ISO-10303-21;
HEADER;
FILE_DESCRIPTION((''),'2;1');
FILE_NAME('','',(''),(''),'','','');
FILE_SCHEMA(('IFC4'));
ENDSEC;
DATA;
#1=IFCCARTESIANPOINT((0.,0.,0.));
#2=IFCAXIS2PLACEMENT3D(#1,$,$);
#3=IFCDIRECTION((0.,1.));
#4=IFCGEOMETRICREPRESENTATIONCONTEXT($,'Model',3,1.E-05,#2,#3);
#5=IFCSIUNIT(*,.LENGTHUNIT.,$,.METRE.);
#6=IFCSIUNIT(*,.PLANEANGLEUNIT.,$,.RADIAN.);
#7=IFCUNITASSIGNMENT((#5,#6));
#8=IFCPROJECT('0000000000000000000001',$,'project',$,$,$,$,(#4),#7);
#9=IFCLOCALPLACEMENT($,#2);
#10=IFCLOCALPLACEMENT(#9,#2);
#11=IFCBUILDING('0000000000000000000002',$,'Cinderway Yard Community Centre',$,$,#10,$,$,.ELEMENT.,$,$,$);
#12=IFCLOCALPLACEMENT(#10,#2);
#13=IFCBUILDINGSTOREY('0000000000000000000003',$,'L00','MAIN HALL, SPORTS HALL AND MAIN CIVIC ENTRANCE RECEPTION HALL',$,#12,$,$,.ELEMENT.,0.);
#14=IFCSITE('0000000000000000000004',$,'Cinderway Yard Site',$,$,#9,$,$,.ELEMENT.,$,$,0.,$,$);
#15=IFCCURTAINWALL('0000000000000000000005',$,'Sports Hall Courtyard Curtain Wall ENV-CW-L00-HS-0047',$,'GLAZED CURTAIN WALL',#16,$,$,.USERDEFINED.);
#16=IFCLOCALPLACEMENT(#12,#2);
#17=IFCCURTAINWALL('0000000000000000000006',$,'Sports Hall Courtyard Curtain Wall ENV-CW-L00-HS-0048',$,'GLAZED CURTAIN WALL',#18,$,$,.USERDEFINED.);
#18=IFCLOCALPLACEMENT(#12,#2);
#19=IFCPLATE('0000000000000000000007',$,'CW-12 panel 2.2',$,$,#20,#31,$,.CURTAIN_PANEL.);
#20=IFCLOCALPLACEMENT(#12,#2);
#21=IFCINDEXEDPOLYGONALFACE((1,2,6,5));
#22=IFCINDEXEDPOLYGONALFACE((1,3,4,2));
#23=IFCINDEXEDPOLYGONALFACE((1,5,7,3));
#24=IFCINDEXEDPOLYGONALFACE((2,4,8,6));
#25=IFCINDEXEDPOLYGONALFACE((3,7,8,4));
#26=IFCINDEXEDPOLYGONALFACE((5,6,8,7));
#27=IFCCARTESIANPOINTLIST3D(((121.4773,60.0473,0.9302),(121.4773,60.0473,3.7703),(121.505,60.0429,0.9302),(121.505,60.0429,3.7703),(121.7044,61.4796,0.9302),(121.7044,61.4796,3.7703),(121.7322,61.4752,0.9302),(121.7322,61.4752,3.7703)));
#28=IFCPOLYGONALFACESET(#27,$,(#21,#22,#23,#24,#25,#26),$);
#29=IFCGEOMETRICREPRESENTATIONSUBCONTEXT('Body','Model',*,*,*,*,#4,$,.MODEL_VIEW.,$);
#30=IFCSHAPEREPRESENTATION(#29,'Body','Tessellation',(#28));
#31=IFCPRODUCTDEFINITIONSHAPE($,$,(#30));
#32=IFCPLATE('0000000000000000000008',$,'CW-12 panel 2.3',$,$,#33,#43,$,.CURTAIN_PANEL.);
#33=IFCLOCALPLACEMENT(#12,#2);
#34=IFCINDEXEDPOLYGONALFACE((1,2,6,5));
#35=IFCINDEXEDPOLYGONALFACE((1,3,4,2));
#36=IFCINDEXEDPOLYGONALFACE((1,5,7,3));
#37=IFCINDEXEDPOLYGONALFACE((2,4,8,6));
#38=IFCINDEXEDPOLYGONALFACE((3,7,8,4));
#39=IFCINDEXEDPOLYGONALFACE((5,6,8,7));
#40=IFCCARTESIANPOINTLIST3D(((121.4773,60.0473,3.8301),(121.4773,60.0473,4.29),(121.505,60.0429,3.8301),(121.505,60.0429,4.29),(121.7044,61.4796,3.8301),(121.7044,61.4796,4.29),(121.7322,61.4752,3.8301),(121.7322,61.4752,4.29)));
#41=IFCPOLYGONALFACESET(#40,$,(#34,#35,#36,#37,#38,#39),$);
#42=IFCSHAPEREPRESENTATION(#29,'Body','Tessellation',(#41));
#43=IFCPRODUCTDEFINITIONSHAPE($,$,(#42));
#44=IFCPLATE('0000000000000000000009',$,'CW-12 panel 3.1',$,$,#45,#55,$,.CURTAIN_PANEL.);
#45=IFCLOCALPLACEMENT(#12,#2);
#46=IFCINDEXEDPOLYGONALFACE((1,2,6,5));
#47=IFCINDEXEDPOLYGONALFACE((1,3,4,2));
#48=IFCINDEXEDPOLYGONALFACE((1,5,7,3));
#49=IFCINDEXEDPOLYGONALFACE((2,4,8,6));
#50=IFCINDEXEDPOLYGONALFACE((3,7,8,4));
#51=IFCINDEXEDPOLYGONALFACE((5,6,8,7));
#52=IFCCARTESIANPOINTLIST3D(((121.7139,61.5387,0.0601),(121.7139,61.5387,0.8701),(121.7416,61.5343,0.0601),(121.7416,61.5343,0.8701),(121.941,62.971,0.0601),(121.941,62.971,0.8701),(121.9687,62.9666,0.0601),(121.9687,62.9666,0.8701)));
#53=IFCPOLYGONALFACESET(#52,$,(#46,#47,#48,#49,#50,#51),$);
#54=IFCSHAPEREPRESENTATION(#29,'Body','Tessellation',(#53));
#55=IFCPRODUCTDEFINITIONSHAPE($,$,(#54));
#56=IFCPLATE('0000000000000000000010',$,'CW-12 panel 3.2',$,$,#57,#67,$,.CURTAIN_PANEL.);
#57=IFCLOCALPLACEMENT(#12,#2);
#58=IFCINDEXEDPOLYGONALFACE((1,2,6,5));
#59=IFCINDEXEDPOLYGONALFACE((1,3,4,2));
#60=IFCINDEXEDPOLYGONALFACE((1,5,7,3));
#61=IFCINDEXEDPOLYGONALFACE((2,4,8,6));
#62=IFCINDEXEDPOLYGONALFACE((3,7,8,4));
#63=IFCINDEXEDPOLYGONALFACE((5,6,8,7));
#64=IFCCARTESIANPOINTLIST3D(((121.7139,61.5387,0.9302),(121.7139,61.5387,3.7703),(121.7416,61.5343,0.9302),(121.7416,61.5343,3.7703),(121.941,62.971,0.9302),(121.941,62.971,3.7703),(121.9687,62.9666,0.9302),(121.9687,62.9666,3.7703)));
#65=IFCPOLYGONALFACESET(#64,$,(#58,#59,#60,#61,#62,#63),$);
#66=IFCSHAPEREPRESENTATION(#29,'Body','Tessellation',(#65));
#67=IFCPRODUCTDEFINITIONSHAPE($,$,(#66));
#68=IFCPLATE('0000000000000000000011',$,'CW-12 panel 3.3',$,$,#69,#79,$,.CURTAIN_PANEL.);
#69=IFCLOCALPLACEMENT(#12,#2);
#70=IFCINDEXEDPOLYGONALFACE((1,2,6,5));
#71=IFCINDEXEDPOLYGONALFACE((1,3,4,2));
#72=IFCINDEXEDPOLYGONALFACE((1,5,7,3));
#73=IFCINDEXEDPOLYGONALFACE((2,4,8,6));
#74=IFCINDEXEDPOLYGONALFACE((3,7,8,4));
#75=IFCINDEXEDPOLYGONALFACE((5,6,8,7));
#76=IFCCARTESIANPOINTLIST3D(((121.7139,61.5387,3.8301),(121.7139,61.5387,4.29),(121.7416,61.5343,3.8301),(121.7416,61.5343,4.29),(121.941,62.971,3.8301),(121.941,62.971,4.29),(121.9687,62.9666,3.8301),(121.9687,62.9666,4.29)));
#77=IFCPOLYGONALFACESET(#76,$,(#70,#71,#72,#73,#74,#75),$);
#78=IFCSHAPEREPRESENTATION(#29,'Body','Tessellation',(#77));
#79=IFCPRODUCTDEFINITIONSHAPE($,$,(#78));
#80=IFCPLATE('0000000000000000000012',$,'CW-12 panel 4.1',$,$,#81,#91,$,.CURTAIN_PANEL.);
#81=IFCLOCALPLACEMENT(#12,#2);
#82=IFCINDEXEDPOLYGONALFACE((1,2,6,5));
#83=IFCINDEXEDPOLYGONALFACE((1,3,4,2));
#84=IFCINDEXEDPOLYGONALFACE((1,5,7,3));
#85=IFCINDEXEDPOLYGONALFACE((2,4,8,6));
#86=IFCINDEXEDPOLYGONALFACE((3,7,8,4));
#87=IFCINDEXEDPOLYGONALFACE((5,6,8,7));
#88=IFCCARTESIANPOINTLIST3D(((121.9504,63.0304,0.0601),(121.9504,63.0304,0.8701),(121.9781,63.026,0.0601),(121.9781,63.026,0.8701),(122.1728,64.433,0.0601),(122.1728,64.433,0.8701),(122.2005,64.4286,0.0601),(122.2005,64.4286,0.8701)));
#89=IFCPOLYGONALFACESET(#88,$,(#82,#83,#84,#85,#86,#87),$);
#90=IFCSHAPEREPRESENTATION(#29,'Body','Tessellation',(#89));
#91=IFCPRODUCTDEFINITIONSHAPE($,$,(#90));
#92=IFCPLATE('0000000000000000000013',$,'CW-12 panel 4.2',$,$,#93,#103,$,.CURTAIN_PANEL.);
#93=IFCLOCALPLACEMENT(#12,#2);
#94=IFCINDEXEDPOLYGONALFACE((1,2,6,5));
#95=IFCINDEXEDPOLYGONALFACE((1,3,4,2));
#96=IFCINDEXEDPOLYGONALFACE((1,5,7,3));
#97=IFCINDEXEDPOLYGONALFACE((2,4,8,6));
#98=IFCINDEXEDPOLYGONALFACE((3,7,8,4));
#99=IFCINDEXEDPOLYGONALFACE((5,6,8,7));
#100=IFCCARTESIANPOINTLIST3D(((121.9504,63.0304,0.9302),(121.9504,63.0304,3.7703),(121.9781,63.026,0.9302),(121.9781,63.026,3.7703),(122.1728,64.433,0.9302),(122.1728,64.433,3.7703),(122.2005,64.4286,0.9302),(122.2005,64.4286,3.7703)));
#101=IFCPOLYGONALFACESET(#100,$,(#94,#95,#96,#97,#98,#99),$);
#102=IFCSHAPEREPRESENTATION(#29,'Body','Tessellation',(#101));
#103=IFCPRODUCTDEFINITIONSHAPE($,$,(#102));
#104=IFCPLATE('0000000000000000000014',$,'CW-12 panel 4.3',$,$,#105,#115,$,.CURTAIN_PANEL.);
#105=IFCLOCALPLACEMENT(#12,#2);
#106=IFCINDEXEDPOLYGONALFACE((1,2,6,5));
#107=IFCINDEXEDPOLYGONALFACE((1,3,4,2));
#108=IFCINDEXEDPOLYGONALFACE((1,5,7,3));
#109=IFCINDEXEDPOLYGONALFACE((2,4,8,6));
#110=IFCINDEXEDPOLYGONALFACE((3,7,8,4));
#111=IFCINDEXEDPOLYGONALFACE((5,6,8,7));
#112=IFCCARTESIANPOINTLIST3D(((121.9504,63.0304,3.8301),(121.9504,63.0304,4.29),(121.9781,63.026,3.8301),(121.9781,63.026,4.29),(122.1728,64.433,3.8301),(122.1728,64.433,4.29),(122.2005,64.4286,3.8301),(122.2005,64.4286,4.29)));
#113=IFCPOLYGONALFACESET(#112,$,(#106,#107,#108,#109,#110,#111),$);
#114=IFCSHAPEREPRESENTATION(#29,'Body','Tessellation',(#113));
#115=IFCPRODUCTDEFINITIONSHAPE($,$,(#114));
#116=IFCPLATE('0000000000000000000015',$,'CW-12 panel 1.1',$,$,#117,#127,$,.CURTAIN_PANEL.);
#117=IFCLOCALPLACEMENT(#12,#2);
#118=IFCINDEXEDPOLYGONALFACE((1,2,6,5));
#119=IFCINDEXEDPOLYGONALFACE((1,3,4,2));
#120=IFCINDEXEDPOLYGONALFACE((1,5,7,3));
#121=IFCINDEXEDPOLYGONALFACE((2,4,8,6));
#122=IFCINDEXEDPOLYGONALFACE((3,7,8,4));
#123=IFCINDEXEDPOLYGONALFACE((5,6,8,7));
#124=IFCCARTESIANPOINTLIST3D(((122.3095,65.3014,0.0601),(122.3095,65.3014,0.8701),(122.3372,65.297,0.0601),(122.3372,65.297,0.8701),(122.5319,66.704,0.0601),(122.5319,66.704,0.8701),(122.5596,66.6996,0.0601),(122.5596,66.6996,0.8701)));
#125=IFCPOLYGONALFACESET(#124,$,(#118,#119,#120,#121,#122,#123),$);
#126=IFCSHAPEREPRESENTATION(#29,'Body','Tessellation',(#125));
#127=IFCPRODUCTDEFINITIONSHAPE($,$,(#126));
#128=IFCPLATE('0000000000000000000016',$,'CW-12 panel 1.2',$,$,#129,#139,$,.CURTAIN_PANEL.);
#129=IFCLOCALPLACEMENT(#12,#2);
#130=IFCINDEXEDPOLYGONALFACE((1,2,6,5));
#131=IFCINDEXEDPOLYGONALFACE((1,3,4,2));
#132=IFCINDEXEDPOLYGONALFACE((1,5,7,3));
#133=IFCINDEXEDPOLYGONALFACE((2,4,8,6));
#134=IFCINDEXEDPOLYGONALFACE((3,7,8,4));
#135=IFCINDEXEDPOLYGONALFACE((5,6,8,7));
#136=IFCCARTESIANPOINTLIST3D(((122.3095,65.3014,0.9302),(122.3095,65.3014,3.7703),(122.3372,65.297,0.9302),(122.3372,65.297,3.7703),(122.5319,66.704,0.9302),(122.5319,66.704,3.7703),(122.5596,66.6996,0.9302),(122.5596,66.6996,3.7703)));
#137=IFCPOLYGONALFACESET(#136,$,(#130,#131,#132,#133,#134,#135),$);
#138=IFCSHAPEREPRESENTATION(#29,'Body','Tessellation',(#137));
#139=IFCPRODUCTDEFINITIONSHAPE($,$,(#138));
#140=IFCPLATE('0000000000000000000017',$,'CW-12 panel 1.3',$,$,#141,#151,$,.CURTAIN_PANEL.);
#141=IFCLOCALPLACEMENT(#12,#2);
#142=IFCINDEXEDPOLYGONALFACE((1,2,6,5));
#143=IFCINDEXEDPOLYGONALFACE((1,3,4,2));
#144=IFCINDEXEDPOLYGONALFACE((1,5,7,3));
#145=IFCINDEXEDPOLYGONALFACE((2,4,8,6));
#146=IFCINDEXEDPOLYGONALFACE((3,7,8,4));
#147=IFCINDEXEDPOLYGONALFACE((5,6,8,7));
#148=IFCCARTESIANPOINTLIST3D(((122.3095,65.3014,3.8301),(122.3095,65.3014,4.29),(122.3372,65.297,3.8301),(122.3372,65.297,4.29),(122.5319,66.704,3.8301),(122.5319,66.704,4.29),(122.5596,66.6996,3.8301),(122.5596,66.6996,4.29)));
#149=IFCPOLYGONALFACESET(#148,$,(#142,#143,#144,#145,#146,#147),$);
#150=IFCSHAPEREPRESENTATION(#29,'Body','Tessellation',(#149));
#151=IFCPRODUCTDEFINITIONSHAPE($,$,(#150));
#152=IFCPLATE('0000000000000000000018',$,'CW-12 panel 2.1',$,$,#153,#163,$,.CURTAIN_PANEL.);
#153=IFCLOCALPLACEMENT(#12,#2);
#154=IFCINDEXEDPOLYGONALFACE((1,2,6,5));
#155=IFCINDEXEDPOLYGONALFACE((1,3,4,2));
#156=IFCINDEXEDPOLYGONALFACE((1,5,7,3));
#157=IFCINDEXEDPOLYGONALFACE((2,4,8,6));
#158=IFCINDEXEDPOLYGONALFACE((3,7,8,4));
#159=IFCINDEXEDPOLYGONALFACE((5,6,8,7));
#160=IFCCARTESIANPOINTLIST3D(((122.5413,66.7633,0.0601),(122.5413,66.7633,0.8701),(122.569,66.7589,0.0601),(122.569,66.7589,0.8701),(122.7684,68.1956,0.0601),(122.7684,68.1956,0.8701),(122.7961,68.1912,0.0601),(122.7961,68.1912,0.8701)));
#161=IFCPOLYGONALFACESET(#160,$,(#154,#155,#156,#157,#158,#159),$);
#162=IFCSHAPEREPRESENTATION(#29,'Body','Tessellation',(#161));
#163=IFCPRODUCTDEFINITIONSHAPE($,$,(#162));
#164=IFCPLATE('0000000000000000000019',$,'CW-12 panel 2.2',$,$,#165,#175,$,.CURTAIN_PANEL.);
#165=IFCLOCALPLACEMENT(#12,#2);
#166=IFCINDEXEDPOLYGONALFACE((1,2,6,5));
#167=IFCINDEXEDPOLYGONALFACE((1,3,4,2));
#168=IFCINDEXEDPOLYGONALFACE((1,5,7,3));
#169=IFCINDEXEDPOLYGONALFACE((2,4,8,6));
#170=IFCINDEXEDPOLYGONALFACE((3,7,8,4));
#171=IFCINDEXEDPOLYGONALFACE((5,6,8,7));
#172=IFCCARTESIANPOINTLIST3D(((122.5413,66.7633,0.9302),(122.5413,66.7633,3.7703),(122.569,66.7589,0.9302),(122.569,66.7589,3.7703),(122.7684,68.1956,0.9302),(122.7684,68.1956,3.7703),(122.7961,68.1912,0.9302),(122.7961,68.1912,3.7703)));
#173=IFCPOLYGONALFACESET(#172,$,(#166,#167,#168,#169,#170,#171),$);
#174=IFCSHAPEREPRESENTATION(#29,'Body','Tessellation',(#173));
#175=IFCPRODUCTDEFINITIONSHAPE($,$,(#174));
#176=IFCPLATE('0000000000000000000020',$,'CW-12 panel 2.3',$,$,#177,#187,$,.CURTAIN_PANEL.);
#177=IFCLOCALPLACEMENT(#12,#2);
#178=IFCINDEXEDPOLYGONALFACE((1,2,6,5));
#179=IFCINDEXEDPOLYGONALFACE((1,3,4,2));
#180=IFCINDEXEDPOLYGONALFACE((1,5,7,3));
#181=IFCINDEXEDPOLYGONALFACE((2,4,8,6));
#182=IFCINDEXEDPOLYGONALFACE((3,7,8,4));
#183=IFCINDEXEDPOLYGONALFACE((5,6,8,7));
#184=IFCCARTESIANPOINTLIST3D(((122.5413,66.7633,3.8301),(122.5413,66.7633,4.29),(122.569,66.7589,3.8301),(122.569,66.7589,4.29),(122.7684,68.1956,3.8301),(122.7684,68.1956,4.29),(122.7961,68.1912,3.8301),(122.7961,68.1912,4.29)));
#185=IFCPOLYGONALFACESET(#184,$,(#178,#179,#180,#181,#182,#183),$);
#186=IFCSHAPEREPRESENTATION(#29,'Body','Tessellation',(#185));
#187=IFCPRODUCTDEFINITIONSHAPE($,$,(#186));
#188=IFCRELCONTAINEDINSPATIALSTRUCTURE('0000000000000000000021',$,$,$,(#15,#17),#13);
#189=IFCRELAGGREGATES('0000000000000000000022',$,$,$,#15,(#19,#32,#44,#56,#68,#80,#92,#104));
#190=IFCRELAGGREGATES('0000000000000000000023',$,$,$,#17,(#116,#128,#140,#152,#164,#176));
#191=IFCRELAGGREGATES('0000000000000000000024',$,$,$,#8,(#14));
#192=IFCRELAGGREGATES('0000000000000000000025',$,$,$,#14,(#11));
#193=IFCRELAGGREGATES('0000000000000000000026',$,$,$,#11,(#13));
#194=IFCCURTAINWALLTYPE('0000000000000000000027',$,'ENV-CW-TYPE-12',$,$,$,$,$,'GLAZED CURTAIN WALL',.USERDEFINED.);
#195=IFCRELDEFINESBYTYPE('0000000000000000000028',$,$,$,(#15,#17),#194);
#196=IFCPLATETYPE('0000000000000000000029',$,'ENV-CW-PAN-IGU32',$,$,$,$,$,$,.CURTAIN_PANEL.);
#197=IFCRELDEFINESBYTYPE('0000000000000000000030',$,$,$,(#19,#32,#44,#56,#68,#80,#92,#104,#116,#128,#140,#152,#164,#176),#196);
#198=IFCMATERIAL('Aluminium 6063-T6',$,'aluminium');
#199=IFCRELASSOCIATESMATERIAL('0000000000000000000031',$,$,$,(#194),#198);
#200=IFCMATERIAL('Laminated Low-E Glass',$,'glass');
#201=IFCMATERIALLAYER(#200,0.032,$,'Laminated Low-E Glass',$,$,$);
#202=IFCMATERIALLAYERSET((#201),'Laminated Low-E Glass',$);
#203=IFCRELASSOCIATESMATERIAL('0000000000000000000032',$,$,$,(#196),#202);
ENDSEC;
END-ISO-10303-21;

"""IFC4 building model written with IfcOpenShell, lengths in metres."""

from ifc_helpers import new_model, si_unit, direction, frame, origin, origin_2d, place, context, subcontext, project, spatial, rectangle, extrude, material, layer, layer_set, type_object, element, aggregate, save


model = new_model("IFC4")

# Units and contexts
model_context = context("Model", 3, precision=1e-05, world=origin(), true_north=direction((0.0, 1.0)))
body_context = subcontext(model_context, "Body", "Model", "MODEL_VIEW")
ifc_project = project(units=[si_unit("LENGTHUNIT", "METRE"), si_unit("PLANEANGLEUNIT", "RADIAN")], contexts=[model_context])

# Site, building, storey
site_placement = place(None, origin())
site = spatial("IfcSite", under=ifc_project, at=site_placement, Name="Cinderway Yard Site", CompositionType="ELEMENT", RefElevation=0.0)
building_placement = place(site_placement, origin())
building = spatial("IfcBuilding", under=site, at=building_placement, Name="Cinderway Yard Community Centre", CompositionType="ELEMENT")
storey_placement = place(building_placement, origin())
storey = spatial("IfcBuildingStorey", under=building, at=storey_placement, Name="L00", Description="MAIN HALL, SPORTS HALL AND MAIN CIVIC ENTRANCE RECEPTION HALL", CompositionType="ELEMENT", Elevation=0.0)

# Curtain walls
ifc_material_1 = material(Name="Aluminium 6063-T6", Category="aluminium")
curtain_wall_type = type_object("IfcCurtainWallType", Name="ENV-CW-TYPE-12", ElementType="GLAZED CURTAIN WALL", PredefinedType="USERDEFINED", material=ifc_material_1)
curtain_wall_1_placement = place(storey_placement, origin())
curtain_wall_1 = element("IfcCurtainWall", 1, at=curtain_wall_1_placement, inside=storey, type_object=curtain_wall_type, Name="Sports Hall Courtyard Curtain Wall ENV-CW-L00-HS-0047", ObjectType="GLAZED CURTAIN WALL", PredefinedType="USERDEFINED")
curtain_wall_2_placement = place(storey_placement, origin())
curtain_wall_2 = element("IfcCurtainWall", 2, at=curtain_wall_2_placement, inside=storey, type_object=curtain_wall_type, Name="Sports Hall Courtyard Curtain Wall ENV-CW-L00-HS-0048", ObjectType="GLAZED CURTAIN WALL", PredefinedType="USERDEFINED")

# Plates
ifc_material_2 = material(Name="Laminated Low-E Glass", Category="glass")
ifc_layer = layer(ifc_material_2, 0.032, Name="Laminated Low-E Glass")
ifc_layer_set = layer_set([ifc_layer], Name="Laminated Low-E Glass")
plate_type = type_object("IfcPlateType", Name="ENV-CW-PAN-IGU32", PredefinedType="CURTAIN_PANEL", material=ifc_layer_set)
plate_1_placement = place(storey_placement, frame((121.6047, 60.7612, 0.9302), z_axis=(0.0, 0.0, 1.0), x_axis=(0.156609, 0.987661, 0.0)))
plate_1 = element("IfcPlate", 3, at=plate_1_placement, type_object=plate_type, Name="CW-12 panel 2.2", PredefinedType="CURTAIN_PANEL", context=body_context, shape_type="SweptSolid", body=[
    extrude(rectangle(XDim=1.4502, YDim=0.0281, at=origin_2d()), origin(), (0.0, 0.0, 1.0), 2.8401),
])
plate_2_placement = place(storey_placement, frame((121.6047, 60.7612, 3.8301), z_axis=(0.0, 0.0, 1.0), x_axis=(0.156609, 0.987661, 0.0)))
plate_2 = element("IfcPlate", 4, at=plate_2_placement, type_object=plate_type, Name="CW-12 panel 2.3", PredefinedType="CURTAIN_PANEL", context=body_context, shape_type="SweptSolid", body=[
    extrude(rectangle(XDim=1.4502, YDim=0.0281, at=origin_2d()), origin(), (0.0, 0.0, 1.0), 0.46),
])
plate_3_placement = place(storey_placement, frame((121.8413, 62.2527, 0.0601), z_axis=(0.0, 0.0, 1.0), x_axis=(0.156609, 0.987661, 0.0)))
plate_3 = element("IfcPlate", 5, at=plate_3_placement, type_object=plate_type, Name="CW-12 panel 3.1", PredefinedType="CURTAIN_PANEL", context=body_context, shape_type="SweptSolid", body=[
    extrude(rectangle(XDim=1.4502, YDim=0.0281, at=origin_2d()), origin(), (0.0, 0.0, 1.0), 0.8101),
])
plate_4_placement = place(storey_placement, frame((121.8413, 62.2527, 0.9302), z_axis=(0.0, 0.0, 1.0), x_axis=(0.156609, 0.987661, 0.0)))
plate_4 = element("IfcPlate", 6, at=plate_4_placement, type_object=plate_type, Name="CW-12 panel 3.2", PredefinedType="CURTAIN_PANEL", context=body_context, shape_type="SweptSolid", body=[
    extrude(rectangle(XDim=1.4502, YDim=0.0281, at=origin_2d()), origin(), (0.0, 0.0, 1.0), 2.8401),
])
plate_5_placement = place(storey_placement, frame((121.8413, 62.2527, 3.8301), z_axis=(0.0, 0.0, 1.0), x_axis=(0.156609, 0.987661, 0.0)))
plate_5 = element("IfcPlate", 7, at=plate_5_placement, type_object=plate_type, Name="CW-12 panel 3.3", PredefinedType="CURTAIN_PANEL", context=body_context, shape_type="SweptSolid", body=[
    extrude(rectangle(XDim=1.4502, YDim=0.0281, at=origin_2d()), origin(), (0.0, 0.0, 1.0), 0.46),
])
plate_6_placement = place(storey_placement, frame((122.0754, 63.7295, 0.0601), z_axis=(0.0, 0.0, 1.0), x_axis=(0.156609, 0.987661, 0.0)))
plate_6 = element("IfcPlate", 8, at=plate_6_placement, type_object=plate_type, Name="CW-12 panel 4.1", PredefinedType="CURTAIN_PANEL", context=body_context, shape_type="SweptSolid", body=[
    extrude(rectangle(XDim=1.4202, YDim=0.0281, at=origin_2d()), origin(), (0.0, 0.0, 1.0), 0.8101),
])
plate_7_placement = place(storey_placement, frame((122.0754, 63.7295, 0.9302), z_axis=(0.0, 0.0, 1.0), x_axis=(0.156609, 0.987661, 0.0)))
plate_7 = element("IfcPlate", 9, at=plate_7_placement, type_object=plate_type, Name="CW-12 panel 4.2", PredefinedType="CURTAIN_PANEL", context=body_context, shape_type="SweptSolid", body=[
    extrude(rectangle(XDim=1.4202, YDim=0.0281, at=origin_2d()), origin(), (0.0, 0.0, 1.0), 2.8401),
])
plate_8_placement = place(storey_placement, frame((122.0754, 63.7295, 3.8301), z_axis=(0.0, 0.0, 1.0), x_axis=(0.156609, 0.987661, 0.0)))
plate_8 = element("IfcPlate", 10, at=plate_8_placement, type_object=plate_type, Name="CW-12 panel 4.3", PredefinedType="CURTAIN_PANEL", context=body_context, shape_type="SweptSolid", body=[
    extrude(rectangle(XDim=1.4202, YDim=0.0281, at=origin_2d()), origin(), (0.0, 0.0, 1.0), 0.46),
])
aggregate(curtain_wall_1, [plate_1, plate_2, plate_3, plate_4, plate_5, plate_6, plate_7, plate_8])
plate_9_placement = place(storey_placement, frame((122.4346, 66.0005, 0.0601), z_axis=(0.0, 0.0, 1.0), x_axis=(0.156609, 0.987661, 0.0)))
plate_9 = element("IfcPlate", 11, at=plate_9_placement, type_object=plate_type, Name="CW-12 panel 1.1", PredefinedType="CURTAIN_PANEL", context=body_context, shape_type="SweptSolid", body=[
    extrude(rectangle(XDim=1.4202, YDim=0.0281, at=origin_2d()), origin(), (0.0, 0.0, 1.0), 0.8101),
])
plate_10_placement = place(storey_placement, frame((122.4346, 66.0005, 0.9302), z_axis=(0.0, 0.0, 1.0), x_axis=(0.156609, 0.987661, 0.0)))
plate_10 = element("IfcPlate", 12, at=plate_10_placement, type_object=plate_type, Name="CW-12 panel 1.2", PredefinedType="CURTAIN_PANEL", context=body_context, shape_type="SweptSolid", body=[
    extrude(rectangle(XDim=1.4202, YDim=0.0281, at=origin_2d()), origin(), (0.0, 0.0, 1.0), 2.8401),
])
plate_11_placement = place(storey_placement, frame((122.4346, 66.0005, 3.8301), z_axis=(0.0, 0.0, 1.0), x_axis=(0.156609, 0.987661, 0.0)))
plate_11 = element("IfcPlate", 13, at=plate_11_placement, type_object=plate_type, Name="CW-12 panel 1.3", PredefinedType="CURTAIN_PANEL", context=body_context, shape_type="SweptSolid", body=[
    extrude(rectangle(XDim=1.4202, YDim=0.0281, at=origin_2d()), origin(), (0.0, 0.0, 1.0), 0.46),
])
plate_12_placement = place(storey_placement, frame((122.6687, 67.4773, 0.0601), z_axis=(0.0, 0.0, 1.0), x_axis=(0.156609, 0.987661, 0.0)))
plate_12 = element("IfcPlate", 14, at=plate_12_placement, type_object=plate_type, Name="CW-12 panel 2.1", PredefinedType="CURTAIN_PANEL", context=body_context, shape_type="SweptSolid", body=[
    extrude(rectangle(XDim=1.4502, YDim=0.0281, at=origin_2d()), origin(), (0.0, 0.0, 1.0), 0.8101),
])
plate_13_placement = place(storey_placement, frame((122.6687, 67.4773, 0.9302), z_axis=(0.0, 0.0, 1.0), x_axis=(0.156609, 0.987661, 0.0)))
plate_13 = element("IfcPlate", 15, at=plate_13_placement, type_object=plate_type, Name="CW-12 panel 2.2", PredefinedType="CURTAIN_PANEL", context=body_context, shape_type="SweptSolid", body=[
    extrude(rectangle(XDim=1.4502, YDim=0.0281, at=origin_2d()), origin(), (0.0, 0.0, 1.0), 2.8401),
])
plate_14_placement = place(storey_placement, frame((122.6687, 67.4773, 3.8301), z_axis=(0.0, 0.0, 1.0), x_axis=(0.156609, 0.987661, 0.0)))
plate_14 = element("IfcPlate", 16, at=plate_14_placement, type_object=plate_type, Name="CW-12 panel 2.3", PredefinedType="CURTAIN_PANEL", context=body_context, shape_type="SweptSolid", body=[
    extrude(rectangle(XDim=1.4502, YDim=0.0281, at=origin_2d()), origin(), (0.0, 0.0, 1.0), 0.46),
])
aggregate(curtain_wall_2, [plate_9, plate_10, plate_11, plate_12, plate_13, plate_14])

save(model, "model.ifc")
